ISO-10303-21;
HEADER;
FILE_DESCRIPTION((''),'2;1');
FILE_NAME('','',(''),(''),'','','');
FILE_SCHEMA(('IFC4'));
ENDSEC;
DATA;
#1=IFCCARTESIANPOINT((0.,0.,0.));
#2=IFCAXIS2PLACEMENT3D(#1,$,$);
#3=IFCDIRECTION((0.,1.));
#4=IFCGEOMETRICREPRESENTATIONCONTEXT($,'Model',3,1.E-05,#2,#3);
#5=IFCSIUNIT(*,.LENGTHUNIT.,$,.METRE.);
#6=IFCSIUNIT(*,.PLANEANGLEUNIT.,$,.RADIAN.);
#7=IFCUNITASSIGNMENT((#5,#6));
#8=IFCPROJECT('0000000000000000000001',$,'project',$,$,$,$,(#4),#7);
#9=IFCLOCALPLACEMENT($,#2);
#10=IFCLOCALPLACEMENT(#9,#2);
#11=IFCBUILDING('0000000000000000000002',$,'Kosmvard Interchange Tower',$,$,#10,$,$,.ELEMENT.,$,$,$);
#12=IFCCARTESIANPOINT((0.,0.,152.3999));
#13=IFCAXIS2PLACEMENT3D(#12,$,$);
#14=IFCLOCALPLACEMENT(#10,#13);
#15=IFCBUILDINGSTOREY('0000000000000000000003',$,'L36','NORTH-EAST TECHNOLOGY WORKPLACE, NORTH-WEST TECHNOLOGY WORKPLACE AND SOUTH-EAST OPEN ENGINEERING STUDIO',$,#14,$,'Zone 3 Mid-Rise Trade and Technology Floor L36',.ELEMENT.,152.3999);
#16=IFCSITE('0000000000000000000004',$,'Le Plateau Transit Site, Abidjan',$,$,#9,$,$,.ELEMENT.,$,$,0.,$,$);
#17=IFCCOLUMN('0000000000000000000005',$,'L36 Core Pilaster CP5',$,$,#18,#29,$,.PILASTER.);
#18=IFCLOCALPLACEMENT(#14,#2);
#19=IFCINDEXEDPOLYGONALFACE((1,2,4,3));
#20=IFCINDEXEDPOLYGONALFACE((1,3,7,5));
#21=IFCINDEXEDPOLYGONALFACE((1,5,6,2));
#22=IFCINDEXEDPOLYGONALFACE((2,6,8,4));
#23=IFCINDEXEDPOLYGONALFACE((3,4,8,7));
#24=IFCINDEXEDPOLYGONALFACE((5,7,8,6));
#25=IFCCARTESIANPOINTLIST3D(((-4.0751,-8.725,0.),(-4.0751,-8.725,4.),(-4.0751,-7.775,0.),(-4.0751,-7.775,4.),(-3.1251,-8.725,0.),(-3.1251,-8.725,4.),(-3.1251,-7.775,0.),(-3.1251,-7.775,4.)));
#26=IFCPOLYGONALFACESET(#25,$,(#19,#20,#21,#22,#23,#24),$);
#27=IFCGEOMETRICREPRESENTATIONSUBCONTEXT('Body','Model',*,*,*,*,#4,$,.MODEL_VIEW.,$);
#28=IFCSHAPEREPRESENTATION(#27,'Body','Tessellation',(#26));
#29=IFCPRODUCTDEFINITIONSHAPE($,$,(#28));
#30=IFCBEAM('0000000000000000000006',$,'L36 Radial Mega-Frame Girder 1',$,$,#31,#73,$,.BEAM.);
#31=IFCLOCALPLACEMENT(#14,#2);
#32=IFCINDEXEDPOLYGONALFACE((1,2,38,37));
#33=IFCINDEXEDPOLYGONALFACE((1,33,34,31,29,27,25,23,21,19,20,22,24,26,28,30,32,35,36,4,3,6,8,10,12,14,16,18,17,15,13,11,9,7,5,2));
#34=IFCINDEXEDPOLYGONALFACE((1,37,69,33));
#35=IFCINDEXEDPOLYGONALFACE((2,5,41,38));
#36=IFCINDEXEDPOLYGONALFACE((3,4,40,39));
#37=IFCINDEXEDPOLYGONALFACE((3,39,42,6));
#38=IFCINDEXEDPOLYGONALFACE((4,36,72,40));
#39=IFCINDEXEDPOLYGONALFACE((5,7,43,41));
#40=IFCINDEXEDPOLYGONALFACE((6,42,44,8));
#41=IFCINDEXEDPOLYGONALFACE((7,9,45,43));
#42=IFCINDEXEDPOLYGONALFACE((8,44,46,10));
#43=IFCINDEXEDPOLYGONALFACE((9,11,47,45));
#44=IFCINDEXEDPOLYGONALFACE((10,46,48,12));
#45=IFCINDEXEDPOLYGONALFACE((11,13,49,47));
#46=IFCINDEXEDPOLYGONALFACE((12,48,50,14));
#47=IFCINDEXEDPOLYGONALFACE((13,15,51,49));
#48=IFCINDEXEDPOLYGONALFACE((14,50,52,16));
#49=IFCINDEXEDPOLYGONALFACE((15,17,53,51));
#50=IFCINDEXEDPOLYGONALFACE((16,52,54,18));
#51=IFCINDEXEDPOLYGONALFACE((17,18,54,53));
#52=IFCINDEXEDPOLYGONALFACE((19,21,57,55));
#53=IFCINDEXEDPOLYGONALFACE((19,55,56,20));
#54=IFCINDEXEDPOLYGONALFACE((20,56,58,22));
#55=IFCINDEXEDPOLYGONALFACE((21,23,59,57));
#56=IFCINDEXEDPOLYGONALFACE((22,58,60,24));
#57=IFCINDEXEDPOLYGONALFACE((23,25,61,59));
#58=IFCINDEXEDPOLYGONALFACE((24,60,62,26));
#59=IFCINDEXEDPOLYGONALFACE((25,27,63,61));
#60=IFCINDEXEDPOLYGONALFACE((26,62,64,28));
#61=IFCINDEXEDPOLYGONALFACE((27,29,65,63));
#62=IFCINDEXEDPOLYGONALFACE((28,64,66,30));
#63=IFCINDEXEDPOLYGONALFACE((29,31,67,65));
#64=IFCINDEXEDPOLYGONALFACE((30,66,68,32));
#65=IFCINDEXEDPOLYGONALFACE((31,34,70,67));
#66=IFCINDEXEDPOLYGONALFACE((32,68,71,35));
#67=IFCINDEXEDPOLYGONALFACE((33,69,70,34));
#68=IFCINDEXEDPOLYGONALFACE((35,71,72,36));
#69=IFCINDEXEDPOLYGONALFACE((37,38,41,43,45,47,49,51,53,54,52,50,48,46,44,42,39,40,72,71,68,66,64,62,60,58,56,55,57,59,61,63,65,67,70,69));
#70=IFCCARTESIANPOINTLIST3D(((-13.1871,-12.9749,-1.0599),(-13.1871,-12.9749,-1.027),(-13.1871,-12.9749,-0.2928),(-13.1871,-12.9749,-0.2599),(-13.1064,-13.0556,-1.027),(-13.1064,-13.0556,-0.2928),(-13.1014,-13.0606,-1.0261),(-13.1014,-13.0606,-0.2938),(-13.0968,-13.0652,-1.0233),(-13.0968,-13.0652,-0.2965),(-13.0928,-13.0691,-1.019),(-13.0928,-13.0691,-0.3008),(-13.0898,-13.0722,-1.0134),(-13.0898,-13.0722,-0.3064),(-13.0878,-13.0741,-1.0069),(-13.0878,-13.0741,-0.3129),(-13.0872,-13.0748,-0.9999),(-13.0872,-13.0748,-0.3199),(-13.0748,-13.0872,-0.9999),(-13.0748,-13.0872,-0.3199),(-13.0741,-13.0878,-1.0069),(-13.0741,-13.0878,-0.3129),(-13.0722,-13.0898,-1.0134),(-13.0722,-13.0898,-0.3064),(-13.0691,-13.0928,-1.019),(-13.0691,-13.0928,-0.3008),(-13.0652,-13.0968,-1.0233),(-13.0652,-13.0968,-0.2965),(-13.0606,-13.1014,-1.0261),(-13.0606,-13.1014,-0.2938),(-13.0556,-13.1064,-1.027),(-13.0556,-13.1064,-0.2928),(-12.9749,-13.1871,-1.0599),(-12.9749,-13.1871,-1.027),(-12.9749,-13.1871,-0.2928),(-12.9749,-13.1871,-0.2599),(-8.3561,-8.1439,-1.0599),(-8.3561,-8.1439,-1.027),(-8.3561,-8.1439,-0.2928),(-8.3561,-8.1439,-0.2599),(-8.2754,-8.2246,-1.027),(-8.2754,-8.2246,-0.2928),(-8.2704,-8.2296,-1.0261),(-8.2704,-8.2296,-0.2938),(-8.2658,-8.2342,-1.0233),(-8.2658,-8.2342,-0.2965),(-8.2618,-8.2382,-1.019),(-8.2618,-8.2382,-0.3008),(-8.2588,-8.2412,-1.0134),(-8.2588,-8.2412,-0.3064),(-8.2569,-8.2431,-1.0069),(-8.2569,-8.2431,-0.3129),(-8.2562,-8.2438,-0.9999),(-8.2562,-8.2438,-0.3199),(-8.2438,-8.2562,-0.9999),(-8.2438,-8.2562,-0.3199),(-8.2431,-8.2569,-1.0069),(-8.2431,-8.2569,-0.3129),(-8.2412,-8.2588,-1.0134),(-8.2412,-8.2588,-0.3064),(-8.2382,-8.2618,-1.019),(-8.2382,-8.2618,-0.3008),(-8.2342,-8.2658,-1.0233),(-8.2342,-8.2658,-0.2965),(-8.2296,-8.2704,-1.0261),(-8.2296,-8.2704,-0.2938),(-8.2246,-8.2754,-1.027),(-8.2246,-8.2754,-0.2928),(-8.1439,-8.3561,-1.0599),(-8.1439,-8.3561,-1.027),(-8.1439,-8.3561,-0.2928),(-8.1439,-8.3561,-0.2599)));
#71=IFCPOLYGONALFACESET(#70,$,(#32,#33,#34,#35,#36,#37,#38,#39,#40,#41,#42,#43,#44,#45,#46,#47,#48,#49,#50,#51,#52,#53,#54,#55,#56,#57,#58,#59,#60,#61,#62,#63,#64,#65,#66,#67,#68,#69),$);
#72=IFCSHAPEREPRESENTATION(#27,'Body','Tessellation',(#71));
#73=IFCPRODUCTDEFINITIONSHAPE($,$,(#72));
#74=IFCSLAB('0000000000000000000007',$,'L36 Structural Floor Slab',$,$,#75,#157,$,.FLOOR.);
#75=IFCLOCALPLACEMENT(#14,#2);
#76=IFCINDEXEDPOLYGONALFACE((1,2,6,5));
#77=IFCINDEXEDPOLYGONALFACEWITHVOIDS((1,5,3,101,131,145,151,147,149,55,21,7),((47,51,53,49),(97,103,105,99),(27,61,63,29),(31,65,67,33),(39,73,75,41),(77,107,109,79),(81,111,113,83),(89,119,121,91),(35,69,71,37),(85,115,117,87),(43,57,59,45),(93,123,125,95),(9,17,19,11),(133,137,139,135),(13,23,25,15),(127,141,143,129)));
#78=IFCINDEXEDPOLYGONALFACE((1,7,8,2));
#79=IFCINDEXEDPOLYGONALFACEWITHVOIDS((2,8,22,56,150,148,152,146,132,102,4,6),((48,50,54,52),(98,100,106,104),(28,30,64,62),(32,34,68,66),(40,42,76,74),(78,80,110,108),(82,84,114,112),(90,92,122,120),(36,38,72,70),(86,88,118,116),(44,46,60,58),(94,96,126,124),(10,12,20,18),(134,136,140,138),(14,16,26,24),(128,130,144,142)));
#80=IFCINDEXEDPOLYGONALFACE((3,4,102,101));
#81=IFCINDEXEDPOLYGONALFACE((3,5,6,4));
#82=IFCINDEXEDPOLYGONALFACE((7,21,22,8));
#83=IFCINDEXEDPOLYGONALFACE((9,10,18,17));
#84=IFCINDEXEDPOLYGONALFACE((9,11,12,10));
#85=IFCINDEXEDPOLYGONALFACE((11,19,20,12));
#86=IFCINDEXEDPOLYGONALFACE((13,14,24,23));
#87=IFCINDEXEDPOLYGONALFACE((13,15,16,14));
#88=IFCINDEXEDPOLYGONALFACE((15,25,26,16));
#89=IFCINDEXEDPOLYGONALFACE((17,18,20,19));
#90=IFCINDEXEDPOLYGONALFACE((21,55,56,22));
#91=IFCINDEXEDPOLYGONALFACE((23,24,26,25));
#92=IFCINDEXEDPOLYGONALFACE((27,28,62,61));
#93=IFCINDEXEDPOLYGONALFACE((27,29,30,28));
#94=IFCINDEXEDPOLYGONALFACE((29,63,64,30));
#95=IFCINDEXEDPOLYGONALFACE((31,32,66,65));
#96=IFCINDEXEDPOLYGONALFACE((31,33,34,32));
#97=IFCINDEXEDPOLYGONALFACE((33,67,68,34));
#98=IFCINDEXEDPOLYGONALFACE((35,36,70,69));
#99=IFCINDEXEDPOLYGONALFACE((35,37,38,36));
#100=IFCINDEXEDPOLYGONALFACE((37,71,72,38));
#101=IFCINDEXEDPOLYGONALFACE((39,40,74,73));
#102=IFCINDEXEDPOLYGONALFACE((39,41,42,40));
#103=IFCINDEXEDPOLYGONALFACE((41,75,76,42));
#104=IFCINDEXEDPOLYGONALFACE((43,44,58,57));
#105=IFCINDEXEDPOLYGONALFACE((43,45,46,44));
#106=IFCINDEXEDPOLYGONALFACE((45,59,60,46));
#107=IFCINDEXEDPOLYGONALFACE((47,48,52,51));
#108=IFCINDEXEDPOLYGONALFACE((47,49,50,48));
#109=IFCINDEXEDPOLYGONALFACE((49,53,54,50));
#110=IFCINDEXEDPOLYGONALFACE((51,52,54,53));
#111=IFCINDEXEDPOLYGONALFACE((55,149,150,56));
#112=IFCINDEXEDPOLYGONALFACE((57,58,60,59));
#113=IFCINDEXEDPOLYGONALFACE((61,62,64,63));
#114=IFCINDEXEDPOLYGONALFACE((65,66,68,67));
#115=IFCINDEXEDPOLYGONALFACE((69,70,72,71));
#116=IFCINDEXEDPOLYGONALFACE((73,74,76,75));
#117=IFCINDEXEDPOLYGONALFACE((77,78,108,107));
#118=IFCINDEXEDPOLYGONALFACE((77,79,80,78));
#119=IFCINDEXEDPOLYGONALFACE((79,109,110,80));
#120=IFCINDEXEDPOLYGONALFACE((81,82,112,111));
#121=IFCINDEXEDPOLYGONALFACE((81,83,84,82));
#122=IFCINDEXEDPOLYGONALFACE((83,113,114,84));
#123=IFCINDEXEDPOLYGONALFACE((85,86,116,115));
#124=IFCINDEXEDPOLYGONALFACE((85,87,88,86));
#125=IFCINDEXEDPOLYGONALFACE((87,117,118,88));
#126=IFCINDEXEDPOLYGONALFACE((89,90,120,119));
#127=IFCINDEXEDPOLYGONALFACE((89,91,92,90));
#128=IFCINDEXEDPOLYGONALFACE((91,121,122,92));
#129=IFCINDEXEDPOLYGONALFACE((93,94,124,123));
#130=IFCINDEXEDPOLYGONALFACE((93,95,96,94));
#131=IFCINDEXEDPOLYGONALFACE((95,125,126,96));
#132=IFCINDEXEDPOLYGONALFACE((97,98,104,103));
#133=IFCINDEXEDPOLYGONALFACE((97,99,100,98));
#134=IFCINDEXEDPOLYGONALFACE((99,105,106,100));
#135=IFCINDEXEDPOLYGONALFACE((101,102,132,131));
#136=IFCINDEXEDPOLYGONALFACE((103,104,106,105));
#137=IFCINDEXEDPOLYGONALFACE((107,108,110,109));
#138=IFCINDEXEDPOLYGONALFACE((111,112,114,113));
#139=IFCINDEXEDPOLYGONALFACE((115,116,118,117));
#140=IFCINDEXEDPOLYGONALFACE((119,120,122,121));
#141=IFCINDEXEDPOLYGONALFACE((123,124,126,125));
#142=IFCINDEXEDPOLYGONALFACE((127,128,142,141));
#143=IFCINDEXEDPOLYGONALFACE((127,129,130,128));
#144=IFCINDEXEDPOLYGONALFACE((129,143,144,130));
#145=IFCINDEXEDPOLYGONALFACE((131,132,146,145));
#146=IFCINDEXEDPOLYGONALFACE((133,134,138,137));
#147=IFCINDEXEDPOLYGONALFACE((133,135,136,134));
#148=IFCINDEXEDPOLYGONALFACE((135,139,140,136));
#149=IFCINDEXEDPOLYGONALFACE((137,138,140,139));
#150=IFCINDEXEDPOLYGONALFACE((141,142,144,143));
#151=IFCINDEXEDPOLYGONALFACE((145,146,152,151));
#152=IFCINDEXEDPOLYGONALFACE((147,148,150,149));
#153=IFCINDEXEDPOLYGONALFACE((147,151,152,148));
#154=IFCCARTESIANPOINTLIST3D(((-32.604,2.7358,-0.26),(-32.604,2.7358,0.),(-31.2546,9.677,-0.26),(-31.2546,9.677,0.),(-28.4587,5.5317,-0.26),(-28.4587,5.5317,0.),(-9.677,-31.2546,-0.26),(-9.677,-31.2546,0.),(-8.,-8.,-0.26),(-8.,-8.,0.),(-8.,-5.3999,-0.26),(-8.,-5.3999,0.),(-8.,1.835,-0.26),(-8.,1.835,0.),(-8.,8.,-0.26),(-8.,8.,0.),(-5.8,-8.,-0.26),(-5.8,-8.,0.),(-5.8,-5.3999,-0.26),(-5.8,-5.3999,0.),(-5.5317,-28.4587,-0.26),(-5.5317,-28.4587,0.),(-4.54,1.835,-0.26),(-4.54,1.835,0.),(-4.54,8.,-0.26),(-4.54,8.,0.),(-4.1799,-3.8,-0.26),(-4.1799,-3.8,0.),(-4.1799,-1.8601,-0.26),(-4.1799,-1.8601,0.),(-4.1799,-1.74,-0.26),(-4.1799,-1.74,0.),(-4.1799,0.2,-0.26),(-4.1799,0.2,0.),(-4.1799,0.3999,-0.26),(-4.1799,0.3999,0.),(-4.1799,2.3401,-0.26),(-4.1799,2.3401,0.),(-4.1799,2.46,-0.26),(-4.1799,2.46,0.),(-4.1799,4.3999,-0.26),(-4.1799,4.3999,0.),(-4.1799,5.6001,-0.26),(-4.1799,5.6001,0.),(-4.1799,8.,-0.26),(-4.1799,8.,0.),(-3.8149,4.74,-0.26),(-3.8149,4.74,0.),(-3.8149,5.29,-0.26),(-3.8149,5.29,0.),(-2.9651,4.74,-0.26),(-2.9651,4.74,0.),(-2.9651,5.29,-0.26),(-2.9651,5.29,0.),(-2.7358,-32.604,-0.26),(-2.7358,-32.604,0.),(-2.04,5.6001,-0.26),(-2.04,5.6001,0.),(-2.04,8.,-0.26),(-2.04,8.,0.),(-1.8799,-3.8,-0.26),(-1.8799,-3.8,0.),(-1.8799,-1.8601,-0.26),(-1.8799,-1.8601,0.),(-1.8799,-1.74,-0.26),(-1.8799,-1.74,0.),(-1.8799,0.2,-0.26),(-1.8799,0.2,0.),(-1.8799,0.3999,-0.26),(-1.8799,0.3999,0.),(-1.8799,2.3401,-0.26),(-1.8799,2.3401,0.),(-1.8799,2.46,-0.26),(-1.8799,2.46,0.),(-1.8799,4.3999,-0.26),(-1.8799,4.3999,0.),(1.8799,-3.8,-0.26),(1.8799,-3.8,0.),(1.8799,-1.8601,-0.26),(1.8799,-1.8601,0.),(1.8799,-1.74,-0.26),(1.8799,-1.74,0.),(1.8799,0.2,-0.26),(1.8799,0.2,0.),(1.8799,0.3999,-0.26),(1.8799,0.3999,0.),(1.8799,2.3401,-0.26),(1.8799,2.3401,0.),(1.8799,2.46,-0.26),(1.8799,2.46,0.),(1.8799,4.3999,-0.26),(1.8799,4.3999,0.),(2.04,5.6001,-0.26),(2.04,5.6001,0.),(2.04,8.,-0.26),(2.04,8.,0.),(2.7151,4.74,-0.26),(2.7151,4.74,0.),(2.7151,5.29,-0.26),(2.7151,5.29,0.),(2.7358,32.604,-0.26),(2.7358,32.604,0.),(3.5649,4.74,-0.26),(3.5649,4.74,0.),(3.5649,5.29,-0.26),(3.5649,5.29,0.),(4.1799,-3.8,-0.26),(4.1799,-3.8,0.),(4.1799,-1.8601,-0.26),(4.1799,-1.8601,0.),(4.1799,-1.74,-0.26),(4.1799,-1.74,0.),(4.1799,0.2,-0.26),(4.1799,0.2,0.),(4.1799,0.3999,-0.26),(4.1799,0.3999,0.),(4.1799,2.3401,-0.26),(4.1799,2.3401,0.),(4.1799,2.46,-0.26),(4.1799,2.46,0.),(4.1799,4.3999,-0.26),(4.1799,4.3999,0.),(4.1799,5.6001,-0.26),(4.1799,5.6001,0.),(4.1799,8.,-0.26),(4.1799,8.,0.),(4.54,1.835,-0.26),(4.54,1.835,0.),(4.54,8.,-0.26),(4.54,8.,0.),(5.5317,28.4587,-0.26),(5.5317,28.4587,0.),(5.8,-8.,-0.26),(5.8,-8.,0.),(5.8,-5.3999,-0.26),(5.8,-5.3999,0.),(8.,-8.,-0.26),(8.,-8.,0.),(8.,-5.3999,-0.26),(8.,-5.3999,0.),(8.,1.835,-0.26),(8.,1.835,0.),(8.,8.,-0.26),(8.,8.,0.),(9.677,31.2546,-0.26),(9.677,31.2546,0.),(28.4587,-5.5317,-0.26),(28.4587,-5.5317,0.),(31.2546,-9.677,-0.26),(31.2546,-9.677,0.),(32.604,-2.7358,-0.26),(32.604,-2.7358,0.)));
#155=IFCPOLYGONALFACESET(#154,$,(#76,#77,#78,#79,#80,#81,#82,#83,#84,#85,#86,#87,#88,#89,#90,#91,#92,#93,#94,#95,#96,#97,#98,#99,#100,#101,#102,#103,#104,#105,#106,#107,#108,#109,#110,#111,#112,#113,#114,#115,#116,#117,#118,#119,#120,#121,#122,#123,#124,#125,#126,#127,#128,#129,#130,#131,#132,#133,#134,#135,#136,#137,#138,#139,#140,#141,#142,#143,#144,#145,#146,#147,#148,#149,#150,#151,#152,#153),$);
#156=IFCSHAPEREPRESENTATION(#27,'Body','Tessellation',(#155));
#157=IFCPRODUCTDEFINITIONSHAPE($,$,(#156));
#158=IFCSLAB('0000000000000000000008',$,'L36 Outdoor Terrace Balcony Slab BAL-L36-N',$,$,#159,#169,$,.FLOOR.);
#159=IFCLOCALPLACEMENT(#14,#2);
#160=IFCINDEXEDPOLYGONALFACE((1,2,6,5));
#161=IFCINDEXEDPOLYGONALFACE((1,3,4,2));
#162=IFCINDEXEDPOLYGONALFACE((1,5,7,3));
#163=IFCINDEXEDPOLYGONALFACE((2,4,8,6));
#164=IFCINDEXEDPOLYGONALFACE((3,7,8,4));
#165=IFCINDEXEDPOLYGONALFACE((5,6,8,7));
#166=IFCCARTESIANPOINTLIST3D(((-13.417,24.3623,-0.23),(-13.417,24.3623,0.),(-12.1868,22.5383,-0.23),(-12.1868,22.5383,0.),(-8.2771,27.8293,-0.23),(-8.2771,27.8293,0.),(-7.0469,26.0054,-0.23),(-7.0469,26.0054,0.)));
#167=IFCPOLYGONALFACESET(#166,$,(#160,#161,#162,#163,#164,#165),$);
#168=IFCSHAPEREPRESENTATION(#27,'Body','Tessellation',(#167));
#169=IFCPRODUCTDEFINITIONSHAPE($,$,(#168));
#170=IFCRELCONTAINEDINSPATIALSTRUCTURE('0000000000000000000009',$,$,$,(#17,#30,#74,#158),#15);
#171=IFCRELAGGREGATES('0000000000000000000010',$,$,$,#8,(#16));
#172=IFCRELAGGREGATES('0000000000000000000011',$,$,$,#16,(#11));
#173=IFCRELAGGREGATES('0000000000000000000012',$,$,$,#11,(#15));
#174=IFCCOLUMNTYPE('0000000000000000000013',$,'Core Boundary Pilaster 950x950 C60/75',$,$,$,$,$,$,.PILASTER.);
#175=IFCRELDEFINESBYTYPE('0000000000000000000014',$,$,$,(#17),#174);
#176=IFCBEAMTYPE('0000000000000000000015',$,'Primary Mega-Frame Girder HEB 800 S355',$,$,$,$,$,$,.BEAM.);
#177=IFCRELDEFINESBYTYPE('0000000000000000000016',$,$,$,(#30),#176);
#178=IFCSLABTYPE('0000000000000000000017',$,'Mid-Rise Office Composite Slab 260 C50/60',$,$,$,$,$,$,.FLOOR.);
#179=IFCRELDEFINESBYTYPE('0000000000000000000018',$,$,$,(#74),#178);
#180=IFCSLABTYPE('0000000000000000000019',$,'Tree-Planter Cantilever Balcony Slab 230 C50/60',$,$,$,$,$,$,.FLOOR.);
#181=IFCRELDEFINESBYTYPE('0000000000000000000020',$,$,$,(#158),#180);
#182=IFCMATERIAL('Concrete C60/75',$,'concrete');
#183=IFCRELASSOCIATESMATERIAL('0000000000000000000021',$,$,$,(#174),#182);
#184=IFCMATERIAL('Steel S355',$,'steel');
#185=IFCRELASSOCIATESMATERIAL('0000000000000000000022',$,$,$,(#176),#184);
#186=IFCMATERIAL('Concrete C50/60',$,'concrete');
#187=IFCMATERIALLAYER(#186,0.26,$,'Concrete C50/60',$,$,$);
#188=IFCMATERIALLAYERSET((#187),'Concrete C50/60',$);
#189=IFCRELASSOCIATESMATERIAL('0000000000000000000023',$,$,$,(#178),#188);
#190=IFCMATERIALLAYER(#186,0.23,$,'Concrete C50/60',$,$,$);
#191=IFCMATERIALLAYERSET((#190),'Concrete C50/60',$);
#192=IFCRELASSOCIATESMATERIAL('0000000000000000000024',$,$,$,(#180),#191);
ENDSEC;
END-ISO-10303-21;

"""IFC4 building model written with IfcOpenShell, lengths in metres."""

from ifc_helpers import new_model, si_unit, direction, frame, origin, origin_2d, place, context, subcontext, project, spatial, polyline, rectangle, i_section, outline, extrude, source, transform, mapped, material, layer, layer_set, material_profile, profile_set, type_object, element, save


model = new_model("IFC4")

# Units and contexts
model_context = context("Model", 3, precision=1e-05, world=origin(), true_north=direction((0.0, 1.0)))
body_context = subcontext(model_context, "Body", "Model", "MODEL_VIEW")
ifc_project = project(units=[si_unit("LENGTHUNIT", "METRE"), si_unit("PLANEANGLEUNIT", "RADIAN")], contexts=[model_context])

# Site, building, storey
site_placement = place(None, origin())
site = spatial("IfcSite", under=ifc_project, at=site_placement, Name="Le Plateau Transit Site, Abidjan", CompositionType="ELEMENT", RefElevation=0.0)
building_placement = place(site_placement, origin())
building = spatial("IfcBuilding", under=site, at=building_placement, Name="Kosmvard Interchange Tower", CompositionType="ELEMENT")
storey_placement = place(building_placement, frame((0.0, 0.0, 152.3999)))
storey = spatial("IfcBuildingStorey", under=building, at=storey_placement, Name="L36", Description="NORTH-EAST TECHNOLOGY WORKPLACE, NORTH-WEST TECHNOLOGY WORKPLACE AND SOUTH-EAST OPEN ENGINEERING STUDIO", LongName="Zone 3 Mid-Rise Trade and Technology Floor L36", CompositionType="ELEMENT", Elevation=152.3999)

# Column
ifc_material_1 = material(Name="Concrete C60/75", Category="concrete")
ifc_material_profile_1 = material_profile(ifc_material_1, rectangle(XDim=0.95, YDim=0.95, at=origin_2d()), Name="CP 950x950")
ifc_profile_set_1 = profile_set([ifc_material_profile_1], Name="Concrete C60/75")
column_type = type_object("IfcColumnType", Name="Core Boundary Pilaster 950x950 C60/75", PredefinedType="PILASTER", material=ifc_profile_set_1)
shared_shape_1 = source(origin(), body_context, "Body", "SweptSolid", [
    extrude(rectangle(XDim=0.95, YDim=0.95, at=origin_2d()), origin(), (0.0, 0.0, 1.0), 4.0),
])
column_placement = place(storey_placement, frame((-3.6001, -8.25, 0.0), z_axis=(0.0, 0.0, 1.0), x_axis=(1.0, 0.0, 0.0)))
element("IfcColumn", 1, at=column_placement, inside=storey, type_object=column_type, Name="L36 Core Pilaster CP5", PredefinedType="PILASTER", context=body_context, shape_type="MappedRepresentation", body=[
    mapped(shared_shape_1, transform((0.0, 0.0, 0.0), scale=1.0)),
])

# Beam
ifc_material_2 = material(Name="Steel S355", Category="steel")
ifc_material_profile_2 = material_profile(ifc_material_2, i_section(OverallWidth=0.3, OverallDepth=0.8, WebThickness=0.0176, FlangeThickness=0.033, FilletRadius=0.0271, at=origin_2d()), Name="HEB 800")
ifc_profile_set_2 = profile_set([ifc_material_profile_2], Name="Steel S355")
beam_type = type_object("IfcBeamType", Name="Primary Mega-Frame Girder HEB 800 S355", PredefinedType="BEAM", material=ifc_profile_set_2)
shared_shape_2 = source(origin(), body_context, "Body", "SweptSolid", [
    extrude(i_section(OverallWidth=0.3, OverallDepth=0.8, WebThickness=0.0176, FlangeThickness=0.033, FilletRadius=0.0271, at=origin_2d()), origin(), (0.0, 0.0, 1.0), 6.832),
])
beam_placement = place(storey_placement, frame((-8.25, -8.25, -0.6599), z_axis=(-0.707107, -0.707107, 0.0), x_axis=(0.707107, -0.707107, 0.0)))
element("IfcBeam", 2, at=beam_placement, inside=storey, type_object=beam_type, Name="L36 Radial Mega-Frame Girder 1", PredefinedType="BEAM", context=body_context, shape_type="MappedRepresentation", body=[
    mapped(shared_shape_2, transform((0.0, 0.0, 0.0), scale=1.0)),
])

# Slabs
ifc_material_3 = material(Name="Concrete C50/60", Category="concrete")
ifc_layer_1 = layer(ifc_material_3, 0.26, Name="Concrete C50/60")
ifc_layer_set_1 = layer_set([ifc_layer_1], Name="Concrete C50/60")
slab_type_1 = type_object("IfcSlabType", Name="Mid-Rise Office Composite Slab 260 C50/60", PredefinedType="FLOOR", material=ifc_layer_set_1)
slab_1_placement = place(storey_placement, frame((0.0, 0.0, -0.26)))
element("IfcSlab", 3, at=slab_1_placement, inside=storey, type_object=slab_type_1, Name="L36 Structural Floor Slab", PredefinedType="FLOOR", context=body_context, shape_type="SweptSolid", body=[
    extrude(outline(polyline([(-2.7358, -32.604), (31.2546, -9.677), (28.4587, -5.5317), (32.604, -2.7358), (9.677, 31.2546), (5.5317, 28.4587), (2.7358, 32.604), (-31.2546, 9.677), (-28.4587, 5.5317), (-32.604, 2.7358), (-9.677, -31.2546), (-5.5317, -28.4587), (-2.7358, -32.604)]), holes=[polyline([(-8.0, 1.835), (-4.54, 1.835), (-4.54, 8.0), (-8.0, 8.0), (-8.0, 1.835)]), polyline([(4.54, 1.835), (8.0, 1.835), (8.0, 8.0), (4.54, 8.0), (4.54, 1.835)]), polyline([(-8.0, -8.0), (-5.8, -8.0), (-5.8, -5.3999), (-8.0, -5.3999), (-8.0, -8.0)]), polyline([(5.8, -8.0), (8.0, -8.0), (8.0, -5.3999), (5.8, -5.3999), (5.8, -8.0)]), polyline([(-4.1799, -3.8), (-1.8799, -3.8), (-1.8799, -1.8601), (-4.1799, -1.8601), (-4.1799, -3.8)]), polyline([(-4.1799, -1.74), (-1.8799, -1.74), (-1.8799, 0.2), (-4.1799, 0.2), (-4.1799, -1.74)]), polyline([(1.8799, -3.8), (4.1799, -3.8), (4.1799, -1.8601), (1.8799, -1.8601), (1.8799, -3.8)]), polyline([(1.8799, -1.74), (4.1799, -1.74), (4.1799, 0.2), (1.8799, 0.2), (1.8799, -1.74)]), polyline([(-4.1799, 0.3999), (-1.8799, 0.3999), (-1.8799, 2.3401), (-4.1799, 2.3401), (-4.1799, 0.3999)]), polyline([(-4.1799, 2.46), (-1.8799, 2.46), (-1.8799, 4.3999), (-4.1799, 4.3999), (-4.1799, 2.46)]), polyline([(1.8799, 0.3999), (4.1799, 0.3999), (4.1799, 2.3401), (1.8799, 2.3401), (1.8799, 0.3999)]), polyline([(1.8799, 2.46), (4.1799, 2.46), (4.1799, 4.3999), (1.8799, 4.3999), (1.8799, 2.46)]), polyline([(-4.1799, 5.6001), (-2.04, 5.6001), (-2.04, 8.0), (-4.1799, 8.0), (-4.1799, 5.6001)]), polyline([(2.04, 5.6001), (4.1799, 5.6001), (4.1799, 8.0), (2.04, 8.0), (2.04, 5.6001)]), polyline([(-3.8149, 4.74), (-2.9651, 4.74), (-2.9651, 5.29), (-3.8149, 5.29), (-3.8149, 4.74)]), polyline([(2.7151, 4.74), (3.5649, 4.74), (3.5649, 5.29), (2.7151, 5.29), (2.7151, 4.74)])]), origin(), (0.0, 0.0, 1.0), 0.26),
])
ifc_layer_2 = layer(ifc_material_3, 0.23, Name="Concrete C50/60")
ifc_layer_set_2 = layer_set([ifc_layer_2], Name="Concrete C50/60")
slab_type_2 = type_object("IfcSlabType", Name="Tree-Planter Cantilever Balcony Slab 230 C50/60", PredefinedType="FLOOR", material=ifc_layer_set_2)
slab_2_placement = place(storey_placement, frame((0.0, 0.0, -0.23)))
element("IfcSlab", 4, at=slab_2_placement, inside=storey, type_object=slab_type_2, Name="L36 Outdoor Terrace Balcony Slab BAL-L36-N", PredefinedType="FLOOR", context=body_context, shape_type="SweptSolid", body=[
    extrude(outline(polyline([(-12.1868, 22.5383), (-7.0469, 26.0054), (-8.2771, 27.8293), (-13.417, 24.3623), (-12.1868, 22.5383)])), origin(), (0.0, 0.0, 1.0), 0.23),
])

save(model, "model.ifc")
